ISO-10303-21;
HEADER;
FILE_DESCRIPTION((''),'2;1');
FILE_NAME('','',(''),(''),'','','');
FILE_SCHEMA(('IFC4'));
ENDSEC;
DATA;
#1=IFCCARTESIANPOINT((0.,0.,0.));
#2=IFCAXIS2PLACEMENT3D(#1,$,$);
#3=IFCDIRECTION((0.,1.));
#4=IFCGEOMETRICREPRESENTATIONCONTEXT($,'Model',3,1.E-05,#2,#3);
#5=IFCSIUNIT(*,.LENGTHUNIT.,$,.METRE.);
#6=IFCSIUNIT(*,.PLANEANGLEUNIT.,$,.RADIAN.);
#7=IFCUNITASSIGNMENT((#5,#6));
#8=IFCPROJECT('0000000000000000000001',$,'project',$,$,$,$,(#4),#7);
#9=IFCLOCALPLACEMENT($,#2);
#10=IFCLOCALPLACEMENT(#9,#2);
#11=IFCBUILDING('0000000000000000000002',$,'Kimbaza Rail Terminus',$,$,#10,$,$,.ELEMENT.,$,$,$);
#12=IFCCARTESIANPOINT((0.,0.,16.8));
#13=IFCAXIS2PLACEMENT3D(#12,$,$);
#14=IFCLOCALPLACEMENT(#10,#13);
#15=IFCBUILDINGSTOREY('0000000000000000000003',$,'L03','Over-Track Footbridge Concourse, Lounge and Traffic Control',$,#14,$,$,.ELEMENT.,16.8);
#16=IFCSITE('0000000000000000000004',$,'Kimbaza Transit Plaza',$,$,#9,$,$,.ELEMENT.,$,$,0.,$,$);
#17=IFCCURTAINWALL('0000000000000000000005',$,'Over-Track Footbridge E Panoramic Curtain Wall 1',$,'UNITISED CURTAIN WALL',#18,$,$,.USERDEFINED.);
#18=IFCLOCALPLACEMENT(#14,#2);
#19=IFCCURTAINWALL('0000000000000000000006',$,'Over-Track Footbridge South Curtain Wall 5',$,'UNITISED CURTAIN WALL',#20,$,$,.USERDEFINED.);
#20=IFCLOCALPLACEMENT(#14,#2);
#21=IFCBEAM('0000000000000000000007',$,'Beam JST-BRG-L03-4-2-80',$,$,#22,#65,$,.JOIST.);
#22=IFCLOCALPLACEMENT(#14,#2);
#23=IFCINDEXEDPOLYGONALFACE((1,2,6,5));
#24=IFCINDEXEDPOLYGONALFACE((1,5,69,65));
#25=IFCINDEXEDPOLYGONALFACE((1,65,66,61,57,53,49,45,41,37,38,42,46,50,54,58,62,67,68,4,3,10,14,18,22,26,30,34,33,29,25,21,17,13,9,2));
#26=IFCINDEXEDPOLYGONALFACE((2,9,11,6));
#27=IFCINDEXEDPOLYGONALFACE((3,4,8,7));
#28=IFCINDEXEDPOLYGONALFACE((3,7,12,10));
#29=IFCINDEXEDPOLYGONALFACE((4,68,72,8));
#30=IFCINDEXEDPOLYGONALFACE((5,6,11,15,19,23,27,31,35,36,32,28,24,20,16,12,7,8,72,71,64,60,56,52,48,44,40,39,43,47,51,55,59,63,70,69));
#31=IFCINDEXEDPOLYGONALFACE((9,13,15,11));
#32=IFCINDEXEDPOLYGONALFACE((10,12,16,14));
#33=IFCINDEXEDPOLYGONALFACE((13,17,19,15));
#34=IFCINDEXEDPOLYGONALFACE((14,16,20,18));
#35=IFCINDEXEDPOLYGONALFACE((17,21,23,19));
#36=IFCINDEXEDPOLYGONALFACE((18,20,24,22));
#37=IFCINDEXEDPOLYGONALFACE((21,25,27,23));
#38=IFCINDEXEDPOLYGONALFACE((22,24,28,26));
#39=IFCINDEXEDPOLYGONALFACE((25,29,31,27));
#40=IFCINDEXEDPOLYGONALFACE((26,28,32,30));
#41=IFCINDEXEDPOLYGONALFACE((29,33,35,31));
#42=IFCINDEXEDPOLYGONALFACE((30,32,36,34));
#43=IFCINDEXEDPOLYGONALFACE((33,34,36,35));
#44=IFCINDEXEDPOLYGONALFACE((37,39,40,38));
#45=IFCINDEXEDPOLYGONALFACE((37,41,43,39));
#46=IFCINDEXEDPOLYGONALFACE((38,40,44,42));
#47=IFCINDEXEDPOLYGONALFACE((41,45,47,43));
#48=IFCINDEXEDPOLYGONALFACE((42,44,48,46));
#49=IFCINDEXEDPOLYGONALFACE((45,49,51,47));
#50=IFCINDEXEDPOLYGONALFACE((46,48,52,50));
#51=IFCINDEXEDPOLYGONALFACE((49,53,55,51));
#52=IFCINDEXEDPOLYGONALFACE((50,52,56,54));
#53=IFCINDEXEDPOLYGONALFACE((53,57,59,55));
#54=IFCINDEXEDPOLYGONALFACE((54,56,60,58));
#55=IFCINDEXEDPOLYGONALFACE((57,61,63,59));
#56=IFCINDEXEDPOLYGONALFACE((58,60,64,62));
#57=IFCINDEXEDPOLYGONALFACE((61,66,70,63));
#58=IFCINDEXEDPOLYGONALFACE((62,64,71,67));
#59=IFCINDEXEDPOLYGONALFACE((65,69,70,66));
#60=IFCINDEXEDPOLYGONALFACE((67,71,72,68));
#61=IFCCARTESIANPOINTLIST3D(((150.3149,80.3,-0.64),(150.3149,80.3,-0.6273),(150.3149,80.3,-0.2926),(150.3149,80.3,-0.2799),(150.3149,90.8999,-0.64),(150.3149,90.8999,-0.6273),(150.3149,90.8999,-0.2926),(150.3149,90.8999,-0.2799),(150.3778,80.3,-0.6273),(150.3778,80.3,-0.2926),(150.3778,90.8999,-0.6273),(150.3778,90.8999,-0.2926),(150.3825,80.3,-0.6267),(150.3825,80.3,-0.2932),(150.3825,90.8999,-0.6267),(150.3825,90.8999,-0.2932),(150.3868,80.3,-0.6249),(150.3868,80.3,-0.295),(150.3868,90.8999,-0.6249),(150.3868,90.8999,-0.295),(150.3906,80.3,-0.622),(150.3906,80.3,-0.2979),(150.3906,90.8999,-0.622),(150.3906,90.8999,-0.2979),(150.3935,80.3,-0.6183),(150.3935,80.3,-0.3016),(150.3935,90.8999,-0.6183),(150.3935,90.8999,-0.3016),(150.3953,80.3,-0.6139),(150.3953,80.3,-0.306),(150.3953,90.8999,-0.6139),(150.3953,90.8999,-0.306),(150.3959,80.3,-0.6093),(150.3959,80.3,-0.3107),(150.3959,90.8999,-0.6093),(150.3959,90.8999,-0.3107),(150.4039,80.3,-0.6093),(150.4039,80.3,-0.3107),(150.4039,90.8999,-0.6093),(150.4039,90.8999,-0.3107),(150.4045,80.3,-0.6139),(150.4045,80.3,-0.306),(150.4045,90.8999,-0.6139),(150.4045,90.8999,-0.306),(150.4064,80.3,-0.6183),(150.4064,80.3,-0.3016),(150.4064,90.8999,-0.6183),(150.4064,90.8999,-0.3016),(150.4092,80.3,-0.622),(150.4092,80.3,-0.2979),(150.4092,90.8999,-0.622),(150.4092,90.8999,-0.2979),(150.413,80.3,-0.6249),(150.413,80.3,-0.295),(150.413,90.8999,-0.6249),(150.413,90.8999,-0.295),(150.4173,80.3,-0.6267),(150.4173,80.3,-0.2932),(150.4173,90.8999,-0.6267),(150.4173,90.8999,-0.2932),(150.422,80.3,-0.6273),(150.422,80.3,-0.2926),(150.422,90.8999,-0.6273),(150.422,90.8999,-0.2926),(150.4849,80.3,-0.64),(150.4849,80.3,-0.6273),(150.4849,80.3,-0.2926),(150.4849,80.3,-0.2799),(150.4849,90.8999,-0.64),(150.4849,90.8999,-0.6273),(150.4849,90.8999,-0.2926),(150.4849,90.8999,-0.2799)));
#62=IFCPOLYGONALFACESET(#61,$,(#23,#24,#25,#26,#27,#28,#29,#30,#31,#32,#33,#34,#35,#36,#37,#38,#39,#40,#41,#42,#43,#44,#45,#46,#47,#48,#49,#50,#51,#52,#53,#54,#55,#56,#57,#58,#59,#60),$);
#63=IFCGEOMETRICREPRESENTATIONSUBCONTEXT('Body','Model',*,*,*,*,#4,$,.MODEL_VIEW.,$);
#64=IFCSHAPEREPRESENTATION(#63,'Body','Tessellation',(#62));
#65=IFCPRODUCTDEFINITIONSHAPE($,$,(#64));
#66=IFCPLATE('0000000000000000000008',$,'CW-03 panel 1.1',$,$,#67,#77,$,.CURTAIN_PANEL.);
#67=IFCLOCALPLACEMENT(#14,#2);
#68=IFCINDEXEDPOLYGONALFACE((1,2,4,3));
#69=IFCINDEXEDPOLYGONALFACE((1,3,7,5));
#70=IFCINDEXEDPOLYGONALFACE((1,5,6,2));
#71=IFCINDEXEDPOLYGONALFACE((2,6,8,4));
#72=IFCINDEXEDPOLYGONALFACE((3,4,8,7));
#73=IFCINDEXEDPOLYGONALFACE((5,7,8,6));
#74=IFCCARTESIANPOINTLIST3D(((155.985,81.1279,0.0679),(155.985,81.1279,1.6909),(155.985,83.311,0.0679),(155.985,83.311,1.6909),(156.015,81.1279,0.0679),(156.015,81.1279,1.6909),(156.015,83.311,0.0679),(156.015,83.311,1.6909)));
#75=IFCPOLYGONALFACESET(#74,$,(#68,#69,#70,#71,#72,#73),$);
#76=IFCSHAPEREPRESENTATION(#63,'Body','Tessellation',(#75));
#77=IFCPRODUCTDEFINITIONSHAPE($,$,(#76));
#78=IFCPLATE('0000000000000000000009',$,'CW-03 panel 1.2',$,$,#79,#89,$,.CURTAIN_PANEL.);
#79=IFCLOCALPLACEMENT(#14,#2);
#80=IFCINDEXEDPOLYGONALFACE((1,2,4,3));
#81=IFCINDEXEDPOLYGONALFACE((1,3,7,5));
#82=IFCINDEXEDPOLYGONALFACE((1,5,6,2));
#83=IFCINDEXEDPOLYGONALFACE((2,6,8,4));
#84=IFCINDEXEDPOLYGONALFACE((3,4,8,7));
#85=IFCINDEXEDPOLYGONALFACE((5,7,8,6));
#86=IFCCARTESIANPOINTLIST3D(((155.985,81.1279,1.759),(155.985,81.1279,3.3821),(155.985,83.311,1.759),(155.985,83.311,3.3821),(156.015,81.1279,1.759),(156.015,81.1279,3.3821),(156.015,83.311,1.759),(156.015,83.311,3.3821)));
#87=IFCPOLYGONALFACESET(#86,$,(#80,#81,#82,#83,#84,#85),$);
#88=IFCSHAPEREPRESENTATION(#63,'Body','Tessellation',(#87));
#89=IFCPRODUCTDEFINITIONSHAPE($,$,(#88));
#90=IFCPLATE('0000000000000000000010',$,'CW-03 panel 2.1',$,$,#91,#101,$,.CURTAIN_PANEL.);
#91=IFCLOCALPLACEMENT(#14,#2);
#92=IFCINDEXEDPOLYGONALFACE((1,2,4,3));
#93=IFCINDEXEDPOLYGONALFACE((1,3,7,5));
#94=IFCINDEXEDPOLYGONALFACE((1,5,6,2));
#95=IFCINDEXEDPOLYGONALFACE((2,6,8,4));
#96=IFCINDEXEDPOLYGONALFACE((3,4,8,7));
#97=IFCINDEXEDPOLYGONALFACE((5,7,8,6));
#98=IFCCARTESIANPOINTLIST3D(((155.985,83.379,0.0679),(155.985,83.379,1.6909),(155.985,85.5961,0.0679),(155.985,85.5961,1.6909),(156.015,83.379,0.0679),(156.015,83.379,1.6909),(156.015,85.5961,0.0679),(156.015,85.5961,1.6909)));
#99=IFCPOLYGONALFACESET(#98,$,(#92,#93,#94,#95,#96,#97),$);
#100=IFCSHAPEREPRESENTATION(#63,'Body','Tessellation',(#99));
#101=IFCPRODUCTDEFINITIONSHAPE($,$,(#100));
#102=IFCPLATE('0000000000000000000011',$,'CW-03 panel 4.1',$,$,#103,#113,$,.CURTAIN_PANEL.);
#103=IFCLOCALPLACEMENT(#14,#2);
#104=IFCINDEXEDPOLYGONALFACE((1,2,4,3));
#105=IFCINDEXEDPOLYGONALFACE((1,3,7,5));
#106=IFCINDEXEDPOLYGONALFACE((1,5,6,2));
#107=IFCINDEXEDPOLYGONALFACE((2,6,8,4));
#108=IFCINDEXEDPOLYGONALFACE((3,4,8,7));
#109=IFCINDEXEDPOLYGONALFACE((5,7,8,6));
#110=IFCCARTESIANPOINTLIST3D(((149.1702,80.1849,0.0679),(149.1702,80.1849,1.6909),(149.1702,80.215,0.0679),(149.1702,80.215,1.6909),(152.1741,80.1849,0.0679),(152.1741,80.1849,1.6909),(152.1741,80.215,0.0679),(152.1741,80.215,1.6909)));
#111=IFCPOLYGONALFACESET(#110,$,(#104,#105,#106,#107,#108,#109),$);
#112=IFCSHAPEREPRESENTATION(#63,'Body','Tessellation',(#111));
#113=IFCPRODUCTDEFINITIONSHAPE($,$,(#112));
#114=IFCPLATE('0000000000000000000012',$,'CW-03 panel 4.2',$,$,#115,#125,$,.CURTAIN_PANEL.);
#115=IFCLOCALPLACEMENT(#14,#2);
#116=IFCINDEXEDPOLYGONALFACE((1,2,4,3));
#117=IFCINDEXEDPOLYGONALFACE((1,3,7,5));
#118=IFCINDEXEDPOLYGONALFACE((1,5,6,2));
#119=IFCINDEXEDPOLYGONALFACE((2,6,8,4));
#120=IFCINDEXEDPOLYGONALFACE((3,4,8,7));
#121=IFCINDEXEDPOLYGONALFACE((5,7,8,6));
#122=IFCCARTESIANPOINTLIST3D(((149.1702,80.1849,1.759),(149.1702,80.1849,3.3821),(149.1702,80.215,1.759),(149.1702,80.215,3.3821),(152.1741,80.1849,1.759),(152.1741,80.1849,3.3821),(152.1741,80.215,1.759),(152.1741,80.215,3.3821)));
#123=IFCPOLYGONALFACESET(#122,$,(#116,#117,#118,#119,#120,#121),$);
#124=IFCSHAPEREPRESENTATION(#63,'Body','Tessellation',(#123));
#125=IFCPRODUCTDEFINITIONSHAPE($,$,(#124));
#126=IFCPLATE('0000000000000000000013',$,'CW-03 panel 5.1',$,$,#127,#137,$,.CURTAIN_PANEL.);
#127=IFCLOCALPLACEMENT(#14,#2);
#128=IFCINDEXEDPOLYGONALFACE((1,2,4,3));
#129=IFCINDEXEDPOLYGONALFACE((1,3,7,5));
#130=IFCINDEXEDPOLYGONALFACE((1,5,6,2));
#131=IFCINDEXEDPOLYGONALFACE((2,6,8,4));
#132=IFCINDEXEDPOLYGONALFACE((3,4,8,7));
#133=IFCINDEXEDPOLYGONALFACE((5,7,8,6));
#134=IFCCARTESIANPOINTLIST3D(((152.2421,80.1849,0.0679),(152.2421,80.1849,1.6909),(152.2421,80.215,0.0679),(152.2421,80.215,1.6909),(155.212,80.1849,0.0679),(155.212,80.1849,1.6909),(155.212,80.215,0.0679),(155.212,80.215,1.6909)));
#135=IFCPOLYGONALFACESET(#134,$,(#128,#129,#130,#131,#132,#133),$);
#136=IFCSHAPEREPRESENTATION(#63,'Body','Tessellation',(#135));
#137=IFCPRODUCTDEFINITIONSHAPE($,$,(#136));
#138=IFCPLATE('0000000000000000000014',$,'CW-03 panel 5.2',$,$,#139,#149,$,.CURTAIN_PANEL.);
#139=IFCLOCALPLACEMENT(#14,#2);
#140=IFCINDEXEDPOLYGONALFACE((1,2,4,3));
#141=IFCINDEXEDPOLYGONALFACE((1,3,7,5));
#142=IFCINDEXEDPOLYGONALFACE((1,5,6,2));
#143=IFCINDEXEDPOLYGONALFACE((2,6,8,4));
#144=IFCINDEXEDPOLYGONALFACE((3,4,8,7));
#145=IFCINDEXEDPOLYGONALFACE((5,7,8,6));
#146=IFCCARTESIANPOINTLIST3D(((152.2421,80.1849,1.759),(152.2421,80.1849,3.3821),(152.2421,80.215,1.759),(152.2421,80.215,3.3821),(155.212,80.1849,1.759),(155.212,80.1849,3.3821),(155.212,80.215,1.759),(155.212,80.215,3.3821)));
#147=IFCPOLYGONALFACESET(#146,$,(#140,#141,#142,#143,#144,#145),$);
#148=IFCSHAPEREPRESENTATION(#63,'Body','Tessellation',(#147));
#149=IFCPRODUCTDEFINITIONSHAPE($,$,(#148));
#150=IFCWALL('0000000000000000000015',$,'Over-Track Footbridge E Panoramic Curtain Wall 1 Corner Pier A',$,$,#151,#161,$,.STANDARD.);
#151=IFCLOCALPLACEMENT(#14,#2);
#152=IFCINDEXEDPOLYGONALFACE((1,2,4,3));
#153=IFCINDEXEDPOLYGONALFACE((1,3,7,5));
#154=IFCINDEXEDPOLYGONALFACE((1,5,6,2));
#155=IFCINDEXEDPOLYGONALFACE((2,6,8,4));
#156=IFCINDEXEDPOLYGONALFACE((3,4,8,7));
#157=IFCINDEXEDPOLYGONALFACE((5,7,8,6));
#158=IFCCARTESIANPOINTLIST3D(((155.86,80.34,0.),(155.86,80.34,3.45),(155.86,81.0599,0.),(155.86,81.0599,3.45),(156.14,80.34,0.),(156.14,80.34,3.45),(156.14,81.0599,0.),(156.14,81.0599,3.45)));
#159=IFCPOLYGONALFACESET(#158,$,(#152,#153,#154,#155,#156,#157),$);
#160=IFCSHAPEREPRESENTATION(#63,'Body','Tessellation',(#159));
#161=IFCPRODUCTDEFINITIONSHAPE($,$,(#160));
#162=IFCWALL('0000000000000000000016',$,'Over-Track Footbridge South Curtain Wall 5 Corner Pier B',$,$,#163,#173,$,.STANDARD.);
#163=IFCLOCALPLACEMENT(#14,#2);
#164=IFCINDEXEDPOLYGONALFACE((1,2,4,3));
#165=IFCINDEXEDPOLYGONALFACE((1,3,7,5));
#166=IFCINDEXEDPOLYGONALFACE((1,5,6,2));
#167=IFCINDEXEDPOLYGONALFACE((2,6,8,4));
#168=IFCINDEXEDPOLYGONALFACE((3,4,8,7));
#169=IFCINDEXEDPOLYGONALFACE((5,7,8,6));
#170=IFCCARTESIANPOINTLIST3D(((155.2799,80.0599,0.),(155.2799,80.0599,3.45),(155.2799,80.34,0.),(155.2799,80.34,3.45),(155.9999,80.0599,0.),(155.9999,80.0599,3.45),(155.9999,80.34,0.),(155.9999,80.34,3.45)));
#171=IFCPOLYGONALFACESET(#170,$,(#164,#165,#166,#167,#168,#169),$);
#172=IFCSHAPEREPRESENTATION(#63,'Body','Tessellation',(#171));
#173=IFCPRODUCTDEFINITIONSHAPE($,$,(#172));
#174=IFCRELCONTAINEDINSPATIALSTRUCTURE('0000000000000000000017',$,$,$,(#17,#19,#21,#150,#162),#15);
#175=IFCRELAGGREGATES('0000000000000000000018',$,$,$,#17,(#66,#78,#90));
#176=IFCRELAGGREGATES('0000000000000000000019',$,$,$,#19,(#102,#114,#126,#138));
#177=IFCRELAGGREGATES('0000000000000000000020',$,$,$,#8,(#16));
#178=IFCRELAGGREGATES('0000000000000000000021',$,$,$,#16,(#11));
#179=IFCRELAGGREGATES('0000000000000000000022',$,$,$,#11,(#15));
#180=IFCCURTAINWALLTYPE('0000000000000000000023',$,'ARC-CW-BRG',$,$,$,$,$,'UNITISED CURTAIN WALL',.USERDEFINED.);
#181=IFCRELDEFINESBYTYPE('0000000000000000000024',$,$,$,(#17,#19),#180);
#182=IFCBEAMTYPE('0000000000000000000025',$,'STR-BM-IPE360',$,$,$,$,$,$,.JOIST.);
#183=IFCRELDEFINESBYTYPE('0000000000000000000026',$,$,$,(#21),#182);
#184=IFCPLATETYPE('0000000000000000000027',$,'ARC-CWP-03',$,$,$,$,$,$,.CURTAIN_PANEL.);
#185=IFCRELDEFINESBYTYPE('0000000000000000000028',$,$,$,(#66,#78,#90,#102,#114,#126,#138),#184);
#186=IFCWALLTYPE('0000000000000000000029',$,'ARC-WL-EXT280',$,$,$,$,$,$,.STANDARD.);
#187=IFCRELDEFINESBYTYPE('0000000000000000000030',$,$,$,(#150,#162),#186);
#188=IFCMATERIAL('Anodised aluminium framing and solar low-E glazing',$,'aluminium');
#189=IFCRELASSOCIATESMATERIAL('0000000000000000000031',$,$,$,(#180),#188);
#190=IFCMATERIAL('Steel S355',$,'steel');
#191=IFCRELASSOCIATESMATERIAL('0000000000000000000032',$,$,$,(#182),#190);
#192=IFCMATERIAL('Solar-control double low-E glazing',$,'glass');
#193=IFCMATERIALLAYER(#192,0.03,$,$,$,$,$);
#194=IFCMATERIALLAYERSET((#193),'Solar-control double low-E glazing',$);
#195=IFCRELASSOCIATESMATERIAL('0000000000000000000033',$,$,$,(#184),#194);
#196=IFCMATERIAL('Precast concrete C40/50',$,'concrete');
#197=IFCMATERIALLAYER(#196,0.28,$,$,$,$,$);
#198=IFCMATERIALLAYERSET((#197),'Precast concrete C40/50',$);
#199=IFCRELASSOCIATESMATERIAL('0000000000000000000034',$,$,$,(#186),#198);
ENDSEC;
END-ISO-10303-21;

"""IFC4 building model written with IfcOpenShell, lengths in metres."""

from ifc_helpers import new_model, si_unit, direction, frame, frame_2d, origin, origin_2d, place, context, subcontext, project, spatial, rectangle, i_section, extrude, material, layer, layer_set, material_profile, profile_set, type_object, element, aggregate, save


model = new_model("IFC4")

# Units and contexts
model_context = context("Model", 3, precision=1e-05, world=origin(), true_north=direction((0.0, 1.0)))
body_context = subcontext(model_context, "Body", "Model", "MODEL_VIEW")
ifc_project = project(units=[si_unit("LENGTHUNIT", "METRE"), si_unit("PLANEANGLEUNIT", "RADIAN")], contexts=[model_context])

# Site, building, storey
site_placement = place(None, origin())
site = spatial("IfcSite", under=ifc_project, at=site_placement, Name="Kimbaza Transit Plaza", CompositionType="ELEMENT", RefElevation=0.0)
building_placement = place(site_placement, origin())
building = spatial("IfcBuilding", under=site, at=building_placement, Name="Kimbaza Rail Terminus", CompositionType="ELEMENT")
storey_placement = place(building_placement, frame((0.0, 0.0, 16.8)))
storey = spatial("IfcBuildingStorey", under=building, at=storey_placement, Name="L03", Description="Over-Track Footbridge Concourse, Lounge and Traffic Control", CompositionType="ELEMENT", Elevation=16.8)

# Curtain walls
ifc_material_1 = material(Name="Anodised aluminium framing and solar low-E glazing", Category="aluminium")
curtain_wall_type = type_object("IfcCurtainWallType", Name="ARC-CW-BRG", ElementType="UNITISED CURTAIN WALL", PredefinedType="USERDEFINED", material=ifc_material_1)
curtain_wall_1_placement = place(storey_placement, origin())
curtain_wall_1 = element("IfcCurtainWall", 1, at=curtain_wall_1_placement, inside=storey, type_object=curtain_wall_type, Name="Over-Track Footbridge E Panoramic Curtain Wall 1", ObjectType="UNITISED CURTAIN WALL", PredefinedType="USERDEFINED")
curtain_wall_2_placement = place(storey_placement, origin())
curtain_wall_2 = element("IfcCurtainWall", 2, at=curtain_wall_2_placement, inside=storey, type_object=curtain_wall_type, Name="Over-Track Footbridge South Curtain Wall 5", ObjectType="UNITISED CURTAIN WALL", PredefinedType="USERDEFINED")

# Beam
ifc_material_2 = material(Name="Steel S355", Category="steel")
ifc_material_profile_1 = material_profile(ifc_material_2, i_section(OverallWidth=0.1699, OverallDepth=0.3601, WebThickness=0.0081, FlangeThickness=0.0127, FilletRadius=0.0181, at=origin_2d()), Name="IPE 360")
ifc_profile_set_1 = profile_set([ifc_material_profile_1], Name="Steel S355")
beam_type_1 = type_object("IfcBeamType", Name="STR-BM-IPE360", PredefinedType="JOIST", material=ifc_profile_set_1)
for number, where, z_axis, x_axis, name in (
    (3, (150.3999, 80.3, -0.46), (0.0, 1.0, 0.0), (-1.0, 0.0, 0.0), "Beam JST-BRG-L03-4-2-80"),
):
    element("IfcBeam", number, at=place(storey_placement, frame(where, z_axis=z_axis, x_axis=x_axis)), inside=storey, type_object=beam_type_1, Name=name, PredefinedType="JOIST", context=body_context, shape_type="SweptSolid", body=[
        extrude(i_section(OverallWidth=0.1699, OverallDepth=0.3601, WebThickness=0.0081, FlangeThickness=0.0127, FilletRadius=0.0181, at=origin_2d()), origin(), (0.0, 0.0, 1.0), 10.5999),
    ])

# Plates
ifc_material_3 = material(Name="Solar-control double low-E glazing", Category="glass")
ifc_layer_1 = layer(ifc_material_3, 0.03)
ifc_layer_set_1 = layer_set([ifc_layer_1], Name="Solar-control double low-E glazing")
plate_type = type_object("IfcPlateType", Name="ARC-CWP-03", PredefinedType="CURTAIN_PANEL", material=ifc_layer_set_1)
plate_1_placement = place(storey_placement, frame((156.0, 82.2195, 0.0679), z_axis=(0.0, 0.0, 1.0), x_axis=(0.0, 1.0, 0.0)))
plate_1 = element("IfcPlate", 4, at=plate_1_placement, type_object=plate_type, Name="CW-03 panel 1.1", PredefinedType="CURTAIN_PANEL", context=body_context, shape_type="SweptSolid", body=[
    extrude(rectangle(XDim=2.1831, YDim=0.03, at=origin_2d()), origin(), (0.0, 0.0, 1.0), 1.623),
])
plate_2_placement = place(storey_placement, frame((156.0, 82.2195, 1.759), z_axis=(0.0, 0.0, 1.0), x_axis=(0.0, 1.0, 0.0)))
plate_2 = element("IfcPlate", 5, at=plate_2_placement, type_object=plate_type, Name="CW-03 panel 1.2", PredefinedType="CURTAIN_PANEL", context=body_context, shape_type="SweptSolid", body=[
    extrude(rectangle(XDim=2.1831, YDim=0.03, at=origin_2d()), origin(), (0.0, 0.0, 1.0), 1.623),
])
plate_3_placement = place(storey_placement, frame((156.0, 84.4875, 0.0679), z_axis=(0.0, 0.0, 1.0), x_axis=(0.0, 1.0, 0.0)))
plate_3 = element("IfcPlate", 6, at=plate_3_placement, type_object=plate_type, Name="CW-03 panel 2.1", PredefinedType="CURTAIN_PANEL", context=body_context, shape_type="SweptSolid", body=[
    extrude(rectangle(XDim=2.217, YDim=0.03, at=origin_2d()), origin(), (0.0, 0.0, 1.0), 1.623),
])
aggregate(curtain_wall_1, [plate_1, plate_2, plate_3])
plate_4_placement = place(storey_placement, frame((150.6721, 80.2, 0.0679), z_axis=(0.0, 0.0, 1.0), x_axis=(1.0, 0.0, 0.0)))
plate_4 = element("IfcPlate", 7, at=plate_4_placement, type_object=plate_type, Name="CW-03 panel 4.1", PredefinedType="CURTAIN_PANEL", context=body_context, shape_type="SweptSolid", body=[
    extrude(rectangle(XDim=3.0039, YDim=0.03, at=origin_2d()), origin(), (0.0, 0.0, 1.0), 1.623),
])
plate_5_placement = place(storey_placement, frame((150.6721, 80.2, 1.759), z_axis=(0.0, 0.0, 1.0), x_axis=(1.0, 0.0, 0.0)))
plate_5 = element("IfcPlate", 8, at=plate_5_placement, type_object=plate_type, Name="CW-03 panel 4.2", PredefinedType="CURTAIN_PANEL", context=body_context, shape_type="SweptSolid", body=[
    extrude(rectangle(XDim=3.0039, YDim=0.03, at=origin_2d()), origin(), (0.0, 0.0, 1.0), 1.623),
])
plate_6_placement = place(storey_placement, frame((153.7271, 80.2, 0.0679), z_axis=(0.0, 0.0, 1.0), x_axis=(1.0, 0.0, 0.0)))
plate_6 = element("IfcPlate", 9, at=plate_6_placement, type_object=plate_type, Name="CW-03 panel 5.1", PredefinedType="CURTAIN_PANEL", context=body_context, shape_type="SweptSolid", body=[
    extrude(rectangle(XDim=2.97, YDim=0.03, at=origin_2d()), origin(), (0.0, 0.0, 1.0), 1.623),
])
plate_7_placement = place(storey_placement, frame((153.7271, 80.2, 1.759), z_axis=(0.0, 0.0, 1.0), x_axis=(1.0, 0.0, 0.0)))
plate_7 = element("IfcPlate", 10, at=plate_7_placement, type_object=plate_type, Name="CW-03 panel 5.2", PredefinedType="CURTAIN_PANEL", context=body_context, shape_type="SweptSolid", body=[
    extrude(rectangle(XDim=2.97, YDim=0.03, at=origin_2d()), origin(), (0.0, 0.0, 1.0), 1.623),
])
aggregate(curtain_wall_2, [plate_4, plate_5, plate_6, plate_7])

# Walls
ifc_material_4 = material(Name="Precast concrete C40/50", Category="concrete")
ifc_layer_2 = layer(ifc_material_4, 0.28)
ifc_layer_set_2 = layer_set([ifc_layer_2], Name="Precast concrete C40/50")
wall_type = type_object("IfcWallType", Name="ARC-WL-EXT280", PredefinedType="STANDARD", material=ifc_layer_set_2)
for number, where, z_axis, x_axis, name in (
    (11, (156.0, 80.3401, 0.0), (0.0, 0.0, 1.0), (0.0, 1.0, 0.0), "Over-Track Footbridge E Panoramic Curtain Wall 1 Corner Pier A"),
    (12, (155.28, 80.2, 0.0), (0.0, 0.0, 1.0), (1.0, 0.0, 0.0), "Over-Track Footbridge South Curtain Wall 5 Corner Pier B"),
):
    element("IfcWall", number, at=place(storey_placement, frame(where, z_axis=z_axis, x_axis=x_axis)), inside=storey, type_object=wall_type, Name=name, PredefinedType="STANDARD", context=body_context, shape_type="SweptSolid", body=[
        extrude(rectangle(XDim=0.72, YDim=0.28, at=frame_2d((0.3599, 0.0))), origin(), (0.0, 0.0, 1.0), 3.45),
    ])

save(model, "model.ifc")
